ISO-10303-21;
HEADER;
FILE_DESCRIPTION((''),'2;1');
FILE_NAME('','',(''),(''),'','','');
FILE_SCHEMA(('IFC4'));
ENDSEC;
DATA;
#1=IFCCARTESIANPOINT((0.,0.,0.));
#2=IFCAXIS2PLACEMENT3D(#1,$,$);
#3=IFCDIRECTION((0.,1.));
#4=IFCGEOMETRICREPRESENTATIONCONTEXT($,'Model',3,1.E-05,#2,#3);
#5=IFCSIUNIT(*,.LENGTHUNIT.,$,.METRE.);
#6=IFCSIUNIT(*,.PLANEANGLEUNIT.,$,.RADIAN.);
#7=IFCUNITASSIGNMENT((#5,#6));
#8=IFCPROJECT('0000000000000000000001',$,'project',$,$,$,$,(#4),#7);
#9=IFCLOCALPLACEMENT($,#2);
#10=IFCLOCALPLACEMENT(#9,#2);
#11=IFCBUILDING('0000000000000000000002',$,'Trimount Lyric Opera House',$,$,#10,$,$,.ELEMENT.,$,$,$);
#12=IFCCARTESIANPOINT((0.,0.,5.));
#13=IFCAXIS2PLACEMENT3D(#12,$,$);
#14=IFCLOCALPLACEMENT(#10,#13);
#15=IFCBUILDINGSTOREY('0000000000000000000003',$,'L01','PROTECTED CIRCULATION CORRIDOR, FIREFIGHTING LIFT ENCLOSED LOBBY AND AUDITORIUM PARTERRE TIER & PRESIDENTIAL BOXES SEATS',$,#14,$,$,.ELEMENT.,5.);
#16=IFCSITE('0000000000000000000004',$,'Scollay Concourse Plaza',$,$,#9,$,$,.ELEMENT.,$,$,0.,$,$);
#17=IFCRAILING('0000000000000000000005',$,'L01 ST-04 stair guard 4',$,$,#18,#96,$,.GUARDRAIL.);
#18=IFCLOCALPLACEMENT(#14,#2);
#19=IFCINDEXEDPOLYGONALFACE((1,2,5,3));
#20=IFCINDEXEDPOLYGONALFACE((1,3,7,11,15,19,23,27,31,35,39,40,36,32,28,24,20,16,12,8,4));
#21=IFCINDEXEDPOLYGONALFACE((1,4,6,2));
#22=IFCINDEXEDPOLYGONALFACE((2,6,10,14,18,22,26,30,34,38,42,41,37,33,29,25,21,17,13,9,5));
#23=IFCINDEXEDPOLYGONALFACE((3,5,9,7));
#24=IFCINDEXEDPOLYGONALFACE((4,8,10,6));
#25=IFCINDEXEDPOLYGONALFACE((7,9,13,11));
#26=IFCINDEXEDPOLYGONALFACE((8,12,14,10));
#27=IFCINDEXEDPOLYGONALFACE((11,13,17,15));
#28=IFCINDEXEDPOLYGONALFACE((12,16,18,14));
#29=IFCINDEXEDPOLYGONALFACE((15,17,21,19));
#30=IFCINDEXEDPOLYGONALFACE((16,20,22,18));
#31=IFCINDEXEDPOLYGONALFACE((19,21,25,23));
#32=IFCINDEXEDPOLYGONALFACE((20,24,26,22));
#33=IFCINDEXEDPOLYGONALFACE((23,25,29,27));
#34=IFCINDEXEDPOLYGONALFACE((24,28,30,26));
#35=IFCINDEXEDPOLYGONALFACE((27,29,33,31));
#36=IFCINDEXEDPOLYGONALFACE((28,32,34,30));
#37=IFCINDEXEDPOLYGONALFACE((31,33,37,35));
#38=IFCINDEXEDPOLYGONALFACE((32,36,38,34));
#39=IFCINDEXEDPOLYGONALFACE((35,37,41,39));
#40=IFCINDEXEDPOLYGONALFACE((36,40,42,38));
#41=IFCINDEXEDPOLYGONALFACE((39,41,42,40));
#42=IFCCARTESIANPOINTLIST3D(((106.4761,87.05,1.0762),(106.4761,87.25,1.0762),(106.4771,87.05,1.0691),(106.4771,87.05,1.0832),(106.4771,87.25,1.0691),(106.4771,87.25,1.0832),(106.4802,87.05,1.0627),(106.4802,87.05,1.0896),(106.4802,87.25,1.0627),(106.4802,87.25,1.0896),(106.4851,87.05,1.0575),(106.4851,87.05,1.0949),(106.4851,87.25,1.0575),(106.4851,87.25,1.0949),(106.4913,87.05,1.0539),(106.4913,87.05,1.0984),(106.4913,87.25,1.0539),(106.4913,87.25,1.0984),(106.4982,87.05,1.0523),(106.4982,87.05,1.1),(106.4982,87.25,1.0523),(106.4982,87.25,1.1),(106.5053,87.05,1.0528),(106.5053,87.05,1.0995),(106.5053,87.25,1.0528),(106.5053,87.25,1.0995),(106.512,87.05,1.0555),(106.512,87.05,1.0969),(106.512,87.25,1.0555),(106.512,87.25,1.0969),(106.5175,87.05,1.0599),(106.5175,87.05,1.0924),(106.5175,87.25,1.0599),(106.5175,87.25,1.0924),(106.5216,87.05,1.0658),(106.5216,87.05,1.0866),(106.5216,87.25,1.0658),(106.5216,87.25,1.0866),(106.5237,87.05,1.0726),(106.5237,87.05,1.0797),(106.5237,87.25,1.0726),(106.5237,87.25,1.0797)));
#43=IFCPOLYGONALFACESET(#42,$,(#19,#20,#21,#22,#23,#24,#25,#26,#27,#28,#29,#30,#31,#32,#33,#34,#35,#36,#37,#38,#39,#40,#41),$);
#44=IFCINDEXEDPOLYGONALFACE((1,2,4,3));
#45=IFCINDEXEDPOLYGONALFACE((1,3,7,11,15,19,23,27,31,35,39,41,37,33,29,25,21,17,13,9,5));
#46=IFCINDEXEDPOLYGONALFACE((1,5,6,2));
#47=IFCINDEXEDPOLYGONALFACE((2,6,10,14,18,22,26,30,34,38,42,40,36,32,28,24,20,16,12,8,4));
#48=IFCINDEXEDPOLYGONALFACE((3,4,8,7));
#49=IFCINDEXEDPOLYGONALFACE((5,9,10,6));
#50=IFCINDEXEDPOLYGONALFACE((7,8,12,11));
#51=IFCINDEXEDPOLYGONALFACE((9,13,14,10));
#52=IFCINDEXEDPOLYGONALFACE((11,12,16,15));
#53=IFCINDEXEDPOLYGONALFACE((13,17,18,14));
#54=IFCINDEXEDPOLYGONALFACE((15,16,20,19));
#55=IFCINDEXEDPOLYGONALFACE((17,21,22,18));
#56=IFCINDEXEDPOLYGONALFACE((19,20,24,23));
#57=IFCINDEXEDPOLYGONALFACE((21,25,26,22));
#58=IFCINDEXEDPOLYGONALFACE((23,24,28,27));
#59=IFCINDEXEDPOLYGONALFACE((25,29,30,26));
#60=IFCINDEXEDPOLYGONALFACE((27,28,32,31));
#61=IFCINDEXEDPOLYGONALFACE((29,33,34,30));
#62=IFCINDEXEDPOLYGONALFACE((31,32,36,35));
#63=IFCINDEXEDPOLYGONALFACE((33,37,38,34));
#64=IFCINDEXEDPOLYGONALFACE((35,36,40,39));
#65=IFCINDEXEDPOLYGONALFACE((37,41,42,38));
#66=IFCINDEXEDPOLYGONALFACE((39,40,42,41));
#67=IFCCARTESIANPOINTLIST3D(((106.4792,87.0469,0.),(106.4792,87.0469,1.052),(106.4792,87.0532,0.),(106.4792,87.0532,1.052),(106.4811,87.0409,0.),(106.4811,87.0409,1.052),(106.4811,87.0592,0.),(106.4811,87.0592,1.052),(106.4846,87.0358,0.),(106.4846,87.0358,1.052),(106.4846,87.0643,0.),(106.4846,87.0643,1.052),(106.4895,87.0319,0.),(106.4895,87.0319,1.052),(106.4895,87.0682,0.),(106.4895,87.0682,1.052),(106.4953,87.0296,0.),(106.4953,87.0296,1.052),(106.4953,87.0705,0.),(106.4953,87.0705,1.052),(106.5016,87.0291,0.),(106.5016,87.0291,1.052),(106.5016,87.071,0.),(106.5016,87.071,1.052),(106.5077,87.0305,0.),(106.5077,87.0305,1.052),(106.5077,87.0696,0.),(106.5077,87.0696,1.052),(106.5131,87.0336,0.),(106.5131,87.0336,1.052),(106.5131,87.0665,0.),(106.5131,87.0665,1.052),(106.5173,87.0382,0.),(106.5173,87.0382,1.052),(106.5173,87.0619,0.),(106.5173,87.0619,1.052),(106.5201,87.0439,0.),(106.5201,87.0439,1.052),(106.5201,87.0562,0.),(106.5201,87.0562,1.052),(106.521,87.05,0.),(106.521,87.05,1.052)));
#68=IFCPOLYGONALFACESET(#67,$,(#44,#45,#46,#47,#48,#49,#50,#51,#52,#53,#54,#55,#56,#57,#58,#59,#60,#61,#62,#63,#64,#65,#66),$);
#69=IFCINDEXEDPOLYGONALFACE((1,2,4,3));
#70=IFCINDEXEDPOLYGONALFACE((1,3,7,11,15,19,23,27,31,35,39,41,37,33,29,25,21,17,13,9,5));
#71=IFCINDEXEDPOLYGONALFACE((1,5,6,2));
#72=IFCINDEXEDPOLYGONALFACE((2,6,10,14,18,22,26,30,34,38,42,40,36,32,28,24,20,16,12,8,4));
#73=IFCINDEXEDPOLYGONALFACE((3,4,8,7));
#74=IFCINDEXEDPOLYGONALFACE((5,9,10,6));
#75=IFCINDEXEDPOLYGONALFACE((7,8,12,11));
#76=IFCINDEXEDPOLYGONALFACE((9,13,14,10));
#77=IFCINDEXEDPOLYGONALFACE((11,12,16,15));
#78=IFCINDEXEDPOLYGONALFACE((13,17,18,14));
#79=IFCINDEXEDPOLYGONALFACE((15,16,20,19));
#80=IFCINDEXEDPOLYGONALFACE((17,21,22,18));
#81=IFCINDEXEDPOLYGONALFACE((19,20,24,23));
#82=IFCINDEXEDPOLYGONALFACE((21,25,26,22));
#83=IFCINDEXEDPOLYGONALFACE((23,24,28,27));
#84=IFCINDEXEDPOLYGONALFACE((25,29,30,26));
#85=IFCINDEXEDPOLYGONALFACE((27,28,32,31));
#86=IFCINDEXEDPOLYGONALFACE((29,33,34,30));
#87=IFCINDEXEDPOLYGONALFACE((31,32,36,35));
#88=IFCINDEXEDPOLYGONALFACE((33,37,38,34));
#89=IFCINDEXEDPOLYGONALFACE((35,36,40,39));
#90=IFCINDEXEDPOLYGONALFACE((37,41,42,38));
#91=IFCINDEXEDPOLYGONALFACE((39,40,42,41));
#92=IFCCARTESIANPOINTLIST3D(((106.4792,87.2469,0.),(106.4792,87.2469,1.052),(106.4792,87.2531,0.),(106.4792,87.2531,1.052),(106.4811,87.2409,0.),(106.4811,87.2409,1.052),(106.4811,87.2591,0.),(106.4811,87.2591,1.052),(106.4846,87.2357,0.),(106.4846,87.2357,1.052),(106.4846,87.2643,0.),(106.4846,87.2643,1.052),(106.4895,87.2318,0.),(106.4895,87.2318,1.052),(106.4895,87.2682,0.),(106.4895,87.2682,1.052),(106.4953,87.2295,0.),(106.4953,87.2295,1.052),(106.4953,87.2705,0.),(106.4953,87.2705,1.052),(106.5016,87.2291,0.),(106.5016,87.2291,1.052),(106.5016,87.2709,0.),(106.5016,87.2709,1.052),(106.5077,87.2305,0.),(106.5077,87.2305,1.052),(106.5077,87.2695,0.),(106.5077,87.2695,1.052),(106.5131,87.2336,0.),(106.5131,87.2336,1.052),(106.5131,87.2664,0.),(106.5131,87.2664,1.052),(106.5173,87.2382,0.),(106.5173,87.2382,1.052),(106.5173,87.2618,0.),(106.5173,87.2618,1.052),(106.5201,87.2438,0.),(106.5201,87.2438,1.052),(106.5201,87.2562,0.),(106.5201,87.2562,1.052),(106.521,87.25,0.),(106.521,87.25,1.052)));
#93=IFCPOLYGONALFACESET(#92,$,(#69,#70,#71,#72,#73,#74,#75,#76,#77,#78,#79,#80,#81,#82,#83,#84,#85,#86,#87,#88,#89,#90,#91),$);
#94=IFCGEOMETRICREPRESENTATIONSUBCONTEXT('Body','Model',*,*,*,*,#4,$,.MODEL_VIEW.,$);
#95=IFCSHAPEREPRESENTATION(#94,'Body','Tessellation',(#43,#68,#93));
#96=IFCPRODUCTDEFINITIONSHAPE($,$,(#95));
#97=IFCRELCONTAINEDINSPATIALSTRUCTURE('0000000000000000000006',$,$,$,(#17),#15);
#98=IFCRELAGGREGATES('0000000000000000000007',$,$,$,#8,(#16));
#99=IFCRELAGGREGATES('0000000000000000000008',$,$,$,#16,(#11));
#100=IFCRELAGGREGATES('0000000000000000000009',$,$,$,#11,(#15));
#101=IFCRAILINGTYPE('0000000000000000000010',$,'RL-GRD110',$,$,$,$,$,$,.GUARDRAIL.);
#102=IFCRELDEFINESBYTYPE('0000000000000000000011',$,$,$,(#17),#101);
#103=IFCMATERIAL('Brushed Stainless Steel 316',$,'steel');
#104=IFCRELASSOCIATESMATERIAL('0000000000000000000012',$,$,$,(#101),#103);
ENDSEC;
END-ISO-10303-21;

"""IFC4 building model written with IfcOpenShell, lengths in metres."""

from ifc_helpers import new_model, si_unit, direction, frame, origin, origin_2d, place, context, subcontext, project, spatial, circle, extrude, material, type_object, element, save


model = new_model("IFC4")

# Units and contexts
model_context = context("Model", 3, precision=1e-05, world=origin(), true_north=direction((0.0, 1.0)))
body_context = subcontext(model_context, "Body", "Model", "MODEL_VIEW")
ifc_project = project(units=[si_unit("LENGTHUNIT", "METRE"), si_unit("PLANEANGLEUNIT", "RADIAN")], contexts=[model_context])

# Site, building, storey
site_placement = place(None, origin())
site = spatial("IfcSite", under=ifc_project, at=site_placement, Name="Scollay Concourse Plaza", CompositionType="ELEMENT", RefElevation=0.0)
building_placement = place(site_placement, origin())
building = spatial("IfcBuilding", under=site, at=building_placement, Name="Trimount Lyric Opera House", CompositionType="ELEMENT")
storey_placement = place(building_placement, frame((0.0, 0.0, 5.0)))
storey = spatial("IfcBuildingStorey", under=building, at=storey_placement, Name="L01", Description="PROTECTED CIRCULATION CORRIDOR, FIREFIGHTING LIFT ENCLOSED LOBBY AND AUDITORIUM PARTERRE TIER & PRESIDENTIAL BOXES SEATS", CompositionType="ELEMENT", Elevation=5.0)

# Railing
ifc_material_1 = material(Name="Brushed Stainless Steel 316", Category="steel")
railing_type_1 = type_object("IfcRailingType", Name="RL-GRD110", PredefinedType="GUARDRAIL", material=ifc_material_1)
railing_1_placement = place(storey_placement, frame((106.5, 87.05, 0.0)))
element("IfcRailing", 1, at=railing_1_placement, inside=storey, type_object=railing_type_1, Name="L01 ST-04 stair guard 4", PredefinedType="GUARDRAIL", context=body_context, shape_type="SweptSolid", body=[
    extrude(circle(Radius=0.0239, at=origin_2d()), frame((0.0, 0.0, 1.0762), z_axis=(0.0, 1.0, 0.0), x_axis=(-1.0, 0.0, 0.0)), (0.0, 0.0, 1.0), 0.2),
    extrude(circle(Radius=0.021, at=origin_2d()), origin(), (0.0, 0.0, 1.0), 1.052),
    extrude(circle(Radius=0.021, at=origin_2d()), frame((0.0, 0.2, 0.0)), (0.0, 0.0, 1.0), 1.052),
])

save(model, "model.ifc")
